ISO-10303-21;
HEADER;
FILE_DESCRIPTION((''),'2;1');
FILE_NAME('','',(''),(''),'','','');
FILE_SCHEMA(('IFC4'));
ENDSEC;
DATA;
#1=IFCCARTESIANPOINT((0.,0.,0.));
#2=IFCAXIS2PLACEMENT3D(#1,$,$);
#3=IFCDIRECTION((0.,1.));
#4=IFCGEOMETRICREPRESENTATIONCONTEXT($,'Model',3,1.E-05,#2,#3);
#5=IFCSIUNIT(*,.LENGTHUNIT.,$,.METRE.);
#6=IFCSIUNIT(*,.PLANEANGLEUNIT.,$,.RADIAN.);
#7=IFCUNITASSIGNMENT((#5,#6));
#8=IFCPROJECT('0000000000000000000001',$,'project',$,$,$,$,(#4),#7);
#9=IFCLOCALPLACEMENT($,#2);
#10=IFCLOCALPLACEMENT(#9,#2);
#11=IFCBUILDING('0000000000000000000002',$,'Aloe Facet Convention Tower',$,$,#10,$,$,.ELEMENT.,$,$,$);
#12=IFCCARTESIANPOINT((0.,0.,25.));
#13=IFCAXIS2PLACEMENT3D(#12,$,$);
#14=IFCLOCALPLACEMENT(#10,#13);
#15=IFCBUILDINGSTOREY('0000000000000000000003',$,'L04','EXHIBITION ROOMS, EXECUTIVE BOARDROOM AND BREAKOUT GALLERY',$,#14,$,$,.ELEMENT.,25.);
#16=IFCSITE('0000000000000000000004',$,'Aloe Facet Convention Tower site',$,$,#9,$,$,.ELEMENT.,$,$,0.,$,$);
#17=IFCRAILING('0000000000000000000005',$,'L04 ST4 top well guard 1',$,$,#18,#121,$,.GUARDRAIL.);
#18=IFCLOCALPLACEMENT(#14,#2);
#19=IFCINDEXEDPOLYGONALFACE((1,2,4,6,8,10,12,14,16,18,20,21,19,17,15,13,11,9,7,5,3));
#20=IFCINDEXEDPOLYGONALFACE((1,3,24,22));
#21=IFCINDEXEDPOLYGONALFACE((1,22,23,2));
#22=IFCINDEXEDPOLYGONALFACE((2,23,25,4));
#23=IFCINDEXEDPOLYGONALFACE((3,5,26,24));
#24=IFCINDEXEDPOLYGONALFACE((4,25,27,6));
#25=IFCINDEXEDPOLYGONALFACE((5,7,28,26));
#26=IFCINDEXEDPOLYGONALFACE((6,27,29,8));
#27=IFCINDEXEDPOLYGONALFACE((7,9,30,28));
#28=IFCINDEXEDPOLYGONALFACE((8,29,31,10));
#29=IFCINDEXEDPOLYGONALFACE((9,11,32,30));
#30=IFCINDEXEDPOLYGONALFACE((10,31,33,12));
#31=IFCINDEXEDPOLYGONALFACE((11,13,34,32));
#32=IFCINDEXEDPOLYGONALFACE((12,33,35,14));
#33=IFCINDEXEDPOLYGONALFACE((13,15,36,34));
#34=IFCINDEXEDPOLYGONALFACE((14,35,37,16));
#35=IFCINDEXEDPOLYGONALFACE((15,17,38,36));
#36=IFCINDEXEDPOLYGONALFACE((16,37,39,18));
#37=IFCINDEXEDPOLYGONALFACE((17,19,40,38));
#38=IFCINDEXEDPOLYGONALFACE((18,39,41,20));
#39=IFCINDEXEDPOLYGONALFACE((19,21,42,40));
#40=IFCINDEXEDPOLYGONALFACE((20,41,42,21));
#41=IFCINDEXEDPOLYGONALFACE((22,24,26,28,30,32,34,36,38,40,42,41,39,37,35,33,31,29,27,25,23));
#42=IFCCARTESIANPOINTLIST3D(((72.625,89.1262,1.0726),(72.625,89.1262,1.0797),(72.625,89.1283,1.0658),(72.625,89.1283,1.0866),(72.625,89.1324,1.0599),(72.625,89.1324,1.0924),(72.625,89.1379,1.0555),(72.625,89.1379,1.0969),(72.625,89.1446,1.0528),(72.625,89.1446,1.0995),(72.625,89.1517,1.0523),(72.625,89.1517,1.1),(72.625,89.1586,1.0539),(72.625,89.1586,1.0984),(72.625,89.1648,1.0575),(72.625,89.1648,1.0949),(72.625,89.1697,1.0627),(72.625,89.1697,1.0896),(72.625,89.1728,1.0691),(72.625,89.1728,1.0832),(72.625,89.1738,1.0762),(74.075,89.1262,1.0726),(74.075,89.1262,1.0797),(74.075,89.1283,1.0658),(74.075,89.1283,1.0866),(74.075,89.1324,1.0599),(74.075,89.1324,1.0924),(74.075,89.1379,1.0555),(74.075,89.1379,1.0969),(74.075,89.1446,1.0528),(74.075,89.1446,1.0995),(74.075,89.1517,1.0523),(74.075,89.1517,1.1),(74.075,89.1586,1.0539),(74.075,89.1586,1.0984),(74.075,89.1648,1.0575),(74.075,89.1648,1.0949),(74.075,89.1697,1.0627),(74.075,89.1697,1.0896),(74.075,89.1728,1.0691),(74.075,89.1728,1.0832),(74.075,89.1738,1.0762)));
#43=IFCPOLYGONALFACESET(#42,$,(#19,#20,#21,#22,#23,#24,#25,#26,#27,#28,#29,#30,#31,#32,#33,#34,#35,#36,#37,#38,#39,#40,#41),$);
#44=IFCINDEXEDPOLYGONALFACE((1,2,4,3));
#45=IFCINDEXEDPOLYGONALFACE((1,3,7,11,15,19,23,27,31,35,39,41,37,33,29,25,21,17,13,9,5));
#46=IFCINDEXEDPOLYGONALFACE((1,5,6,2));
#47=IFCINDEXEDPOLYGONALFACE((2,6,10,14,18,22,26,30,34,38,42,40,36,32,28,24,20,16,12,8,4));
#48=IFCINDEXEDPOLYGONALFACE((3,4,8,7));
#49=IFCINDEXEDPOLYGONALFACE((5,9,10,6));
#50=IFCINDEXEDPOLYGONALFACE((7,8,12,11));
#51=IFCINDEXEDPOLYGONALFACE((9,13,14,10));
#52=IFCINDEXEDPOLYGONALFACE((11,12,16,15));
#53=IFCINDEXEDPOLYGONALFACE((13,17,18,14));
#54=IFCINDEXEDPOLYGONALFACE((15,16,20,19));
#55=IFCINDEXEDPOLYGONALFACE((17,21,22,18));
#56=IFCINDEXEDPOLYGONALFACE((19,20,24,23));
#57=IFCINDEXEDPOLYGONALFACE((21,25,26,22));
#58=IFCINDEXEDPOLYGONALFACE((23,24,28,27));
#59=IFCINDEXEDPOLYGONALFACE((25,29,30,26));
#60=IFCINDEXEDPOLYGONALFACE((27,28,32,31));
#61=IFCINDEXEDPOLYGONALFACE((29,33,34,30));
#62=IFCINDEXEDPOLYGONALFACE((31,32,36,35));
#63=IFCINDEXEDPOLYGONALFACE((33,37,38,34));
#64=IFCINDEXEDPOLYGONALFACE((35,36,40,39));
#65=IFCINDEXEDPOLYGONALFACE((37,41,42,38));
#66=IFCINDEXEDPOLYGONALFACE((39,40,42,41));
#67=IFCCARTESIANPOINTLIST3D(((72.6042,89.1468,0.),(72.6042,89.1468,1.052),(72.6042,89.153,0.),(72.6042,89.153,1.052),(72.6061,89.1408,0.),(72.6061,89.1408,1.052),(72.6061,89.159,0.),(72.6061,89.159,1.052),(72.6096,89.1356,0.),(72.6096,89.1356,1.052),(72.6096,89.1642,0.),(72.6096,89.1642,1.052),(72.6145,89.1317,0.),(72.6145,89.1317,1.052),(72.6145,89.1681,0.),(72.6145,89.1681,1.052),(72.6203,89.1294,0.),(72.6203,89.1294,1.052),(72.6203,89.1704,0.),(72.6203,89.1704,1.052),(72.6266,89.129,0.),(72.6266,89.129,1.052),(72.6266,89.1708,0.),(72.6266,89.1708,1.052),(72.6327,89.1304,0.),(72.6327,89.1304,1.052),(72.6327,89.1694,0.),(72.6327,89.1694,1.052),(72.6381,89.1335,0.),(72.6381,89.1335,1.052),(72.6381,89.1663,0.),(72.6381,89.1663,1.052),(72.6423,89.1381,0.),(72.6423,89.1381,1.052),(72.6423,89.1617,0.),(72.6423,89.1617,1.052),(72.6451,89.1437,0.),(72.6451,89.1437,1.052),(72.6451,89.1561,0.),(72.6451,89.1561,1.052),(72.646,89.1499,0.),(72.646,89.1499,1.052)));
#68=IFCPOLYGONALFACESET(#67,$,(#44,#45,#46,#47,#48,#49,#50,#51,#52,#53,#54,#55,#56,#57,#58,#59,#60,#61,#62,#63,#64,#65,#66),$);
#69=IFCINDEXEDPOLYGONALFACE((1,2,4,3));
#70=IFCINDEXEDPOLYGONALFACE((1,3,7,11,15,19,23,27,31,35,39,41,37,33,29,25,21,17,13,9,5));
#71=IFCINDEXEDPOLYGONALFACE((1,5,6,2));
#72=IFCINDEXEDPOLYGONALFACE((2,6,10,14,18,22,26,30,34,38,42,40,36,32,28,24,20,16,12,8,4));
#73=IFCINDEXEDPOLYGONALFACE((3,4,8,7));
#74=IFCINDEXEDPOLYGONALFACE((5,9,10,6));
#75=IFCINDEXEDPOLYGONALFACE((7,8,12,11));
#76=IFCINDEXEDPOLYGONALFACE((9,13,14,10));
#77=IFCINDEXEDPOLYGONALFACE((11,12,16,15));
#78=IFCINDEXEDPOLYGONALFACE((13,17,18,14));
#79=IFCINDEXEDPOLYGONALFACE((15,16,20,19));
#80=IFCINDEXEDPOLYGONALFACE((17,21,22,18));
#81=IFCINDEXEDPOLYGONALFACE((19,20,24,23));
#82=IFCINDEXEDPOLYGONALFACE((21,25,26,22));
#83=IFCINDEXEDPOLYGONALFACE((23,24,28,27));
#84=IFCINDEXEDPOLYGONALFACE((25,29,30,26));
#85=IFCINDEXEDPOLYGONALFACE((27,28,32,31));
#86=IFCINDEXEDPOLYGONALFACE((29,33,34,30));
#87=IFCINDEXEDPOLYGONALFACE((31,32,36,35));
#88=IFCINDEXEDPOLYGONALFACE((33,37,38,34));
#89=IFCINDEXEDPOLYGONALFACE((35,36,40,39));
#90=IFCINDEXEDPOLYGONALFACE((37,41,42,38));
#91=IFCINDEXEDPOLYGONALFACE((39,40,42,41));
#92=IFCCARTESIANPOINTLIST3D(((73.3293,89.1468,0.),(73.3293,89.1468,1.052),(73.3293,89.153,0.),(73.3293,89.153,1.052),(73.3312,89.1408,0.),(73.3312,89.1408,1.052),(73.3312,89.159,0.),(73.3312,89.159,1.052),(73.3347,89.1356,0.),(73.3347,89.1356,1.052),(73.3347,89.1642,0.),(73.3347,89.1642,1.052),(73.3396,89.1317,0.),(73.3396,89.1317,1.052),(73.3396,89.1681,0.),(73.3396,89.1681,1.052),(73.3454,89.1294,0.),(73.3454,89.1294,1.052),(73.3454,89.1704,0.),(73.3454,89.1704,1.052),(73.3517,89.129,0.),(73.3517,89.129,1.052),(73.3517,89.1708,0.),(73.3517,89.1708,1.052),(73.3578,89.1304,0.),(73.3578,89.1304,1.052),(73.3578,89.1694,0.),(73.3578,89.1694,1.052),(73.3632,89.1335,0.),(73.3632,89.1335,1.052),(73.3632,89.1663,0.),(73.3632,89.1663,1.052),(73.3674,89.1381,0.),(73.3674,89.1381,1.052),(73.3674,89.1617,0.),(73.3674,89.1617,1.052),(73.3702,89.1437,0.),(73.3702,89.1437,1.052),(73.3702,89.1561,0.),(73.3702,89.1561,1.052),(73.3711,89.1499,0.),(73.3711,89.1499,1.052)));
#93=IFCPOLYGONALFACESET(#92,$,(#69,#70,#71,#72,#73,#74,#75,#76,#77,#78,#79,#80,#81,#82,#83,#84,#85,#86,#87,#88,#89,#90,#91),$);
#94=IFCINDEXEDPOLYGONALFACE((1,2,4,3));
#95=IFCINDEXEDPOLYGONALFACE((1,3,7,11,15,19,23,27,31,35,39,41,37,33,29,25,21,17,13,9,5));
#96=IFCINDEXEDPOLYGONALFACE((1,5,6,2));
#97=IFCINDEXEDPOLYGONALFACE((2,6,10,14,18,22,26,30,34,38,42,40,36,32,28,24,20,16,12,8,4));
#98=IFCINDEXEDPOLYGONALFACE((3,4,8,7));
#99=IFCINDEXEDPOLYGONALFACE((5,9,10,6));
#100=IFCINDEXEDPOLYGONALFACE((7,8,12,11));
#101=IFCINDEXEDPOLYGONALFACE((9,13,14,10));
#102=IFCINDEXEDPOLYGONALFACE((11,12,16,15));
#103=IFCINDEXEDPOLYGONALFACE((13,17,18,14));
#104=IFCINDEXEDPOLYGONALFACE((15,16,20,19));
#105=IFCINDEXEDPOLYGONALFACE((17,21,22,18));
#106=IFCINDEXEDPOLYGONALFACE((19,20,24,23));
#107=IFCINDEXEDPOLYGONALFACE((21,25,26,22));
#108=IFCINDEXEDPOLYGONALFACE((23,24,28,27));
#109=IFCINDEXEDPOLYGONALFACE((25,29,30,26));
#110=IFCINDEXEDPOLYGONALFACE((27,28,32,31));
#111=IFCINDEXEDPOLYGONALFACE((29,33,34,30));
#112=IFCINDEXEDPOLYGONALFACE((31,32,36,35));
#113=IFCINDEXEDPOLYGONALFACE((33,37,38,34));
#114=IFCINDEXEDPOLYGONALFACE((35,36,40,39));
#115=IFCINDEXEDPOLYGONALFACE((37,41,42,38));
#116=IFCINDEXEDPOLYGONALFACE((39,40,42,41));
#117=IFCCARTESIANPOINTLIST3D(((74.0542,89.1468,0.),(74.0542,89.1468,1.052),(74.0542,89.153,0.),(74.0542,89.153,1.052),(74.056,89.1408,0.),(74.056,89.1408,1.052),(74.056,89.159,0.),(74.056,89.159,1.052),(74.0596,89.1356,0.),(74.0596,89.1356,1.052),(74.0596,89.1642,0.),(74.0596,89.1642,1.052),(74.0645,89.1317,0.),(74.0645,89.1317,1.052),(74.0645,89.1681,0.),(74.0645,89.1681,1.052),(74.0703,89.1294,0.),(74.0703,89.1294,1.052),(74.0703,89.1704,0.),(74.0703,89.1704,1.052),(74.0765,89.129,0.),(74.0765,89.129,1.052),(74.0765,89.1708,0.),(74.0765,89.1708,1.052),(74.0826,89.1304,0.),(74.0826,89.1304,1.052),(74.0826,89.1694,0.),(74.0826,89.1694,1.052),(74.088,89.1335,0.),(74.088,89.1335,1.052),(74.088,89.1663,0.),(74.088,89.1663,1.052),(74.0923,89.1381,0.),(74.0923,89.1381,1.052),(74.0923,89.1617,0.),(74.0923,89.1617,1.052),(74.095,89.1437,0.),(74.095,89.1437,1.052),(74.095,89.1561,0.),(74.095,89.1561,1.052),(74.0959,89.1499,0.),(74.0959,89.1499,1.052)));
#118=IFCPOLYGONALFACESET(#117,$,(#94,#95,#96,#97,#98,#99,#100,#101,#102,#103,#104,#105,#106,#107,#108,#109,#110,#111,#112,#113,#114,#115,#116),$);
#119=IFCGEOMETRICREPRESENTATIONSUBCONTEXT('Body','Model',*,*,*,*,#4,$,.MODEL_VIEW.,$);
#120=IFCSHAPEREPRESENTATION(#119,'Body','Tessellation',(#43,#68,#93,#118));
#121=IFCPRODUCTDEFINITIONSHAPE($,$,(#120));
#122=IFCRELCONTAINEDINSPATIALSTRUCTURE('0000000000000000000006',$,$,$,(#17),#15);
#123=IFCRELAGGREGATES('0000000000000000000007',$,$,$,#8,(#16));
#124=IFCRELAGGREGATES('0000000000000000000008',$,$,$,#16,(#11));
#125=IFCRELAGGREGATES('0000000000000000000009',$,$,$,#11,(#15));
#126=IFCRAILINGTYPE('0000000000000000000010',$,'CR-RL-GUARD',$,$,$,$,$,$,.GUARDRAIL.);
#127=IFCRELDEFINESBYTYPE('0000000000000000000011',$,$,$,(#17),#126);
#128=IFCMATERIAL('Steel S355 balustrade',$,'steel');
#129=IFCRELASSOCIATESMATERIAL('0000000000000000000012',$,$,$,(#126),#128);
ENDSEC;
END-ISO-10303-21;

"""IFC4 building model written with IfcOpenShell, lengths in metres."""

from ifc_helpers import new_model, si_unit, direction, frame, origin, origin_2d, place, context, subcontext, project, spatial, circle, extrude, material, type_object, element, save


model = new_model("IFC4")

# Units and contexts
model_context = context("Model", 3, precision=1e-05, world=origin(), true_north=direction((0.0, 1.0)))
body_context = subcontext(model_context, "Body", "Model", "MODEL_VIEW")
ifc_project = project(units=[si_unit("LENGTHUNIT", "METRE"), si_unit("PLANEANGLEUNIT", "RADIAN")], contexts=[model_context])

# Site, building, storey
site_placement = place(None, origin())
site = spatial("IfcSite", under=ifc_project, at=site_placement, Name="Aloe Facet Convention Tower site", CompositionType="ELEMENT", RefElevation=0.0)
building_placement = place(site_placement, origin())
building = spatial("IfcBuilding", under=site, at=building_placement, Name="Aloe Facet Convention Tower", CompositionType="ELEMENT")
storey_placement = place(building_placement, frame((0.0, 0.0, 25.0)))
storey = spatial("IfcBuildingStorey", under=building, at=storey_placement, Name="L04", Description="EXHIBITION ROOMS, EXECUTIVE BOARDROOM AND BREAKOUT GALLERY", CompositionType="ELEMENT", Elevation=25.0)

# Railing
ifc_material_1 = material(Name="Steel S355 balustrade", Category="steel")
railing_type = type_object("IfcRailingType", Name="CR-RL-GUARD", PredefinedType="GUARDRAIL", material=ifc_material_1)
railing_placement = place(storey_placement, frame((72.625, 89.1499, 0.0)))
element("IfcRailing", 1, at=railing_placement, inside=storey, type_object=railing_type, Name="L04 ST4 top well guard 1", PredefinedType="GUARDRAIL", context=body_context, shape_type="SweptSolid", body=[
    extrude(circle(Radius=0.0239, at=origin_2d()), frame((0.0, 0.0, 1.0762), z_axis=(1.0, 0.0, 0.0), x_axis=(0.0, 1.0, 0.0)), (0.0, 0.0, 1.0), 1.45),
    extrude(circle(Radius=0.021, at=origin_2d()), origin(), (0.0, 0.0, 1.0), 1.052),
    extrude(circle(Radius=0.021, at=origin_2d()), frame((0.7251, 0.0, 0.0)), (0.0, 0.0, 1.0), 1.052),
    extrude(circle(Radius=0.021, at=origin_2d()), frame((1.45, 0.0, 0.0)), (0.0, 0.0, 1.0), 1.052),
])

save(model, "model.ifc")
